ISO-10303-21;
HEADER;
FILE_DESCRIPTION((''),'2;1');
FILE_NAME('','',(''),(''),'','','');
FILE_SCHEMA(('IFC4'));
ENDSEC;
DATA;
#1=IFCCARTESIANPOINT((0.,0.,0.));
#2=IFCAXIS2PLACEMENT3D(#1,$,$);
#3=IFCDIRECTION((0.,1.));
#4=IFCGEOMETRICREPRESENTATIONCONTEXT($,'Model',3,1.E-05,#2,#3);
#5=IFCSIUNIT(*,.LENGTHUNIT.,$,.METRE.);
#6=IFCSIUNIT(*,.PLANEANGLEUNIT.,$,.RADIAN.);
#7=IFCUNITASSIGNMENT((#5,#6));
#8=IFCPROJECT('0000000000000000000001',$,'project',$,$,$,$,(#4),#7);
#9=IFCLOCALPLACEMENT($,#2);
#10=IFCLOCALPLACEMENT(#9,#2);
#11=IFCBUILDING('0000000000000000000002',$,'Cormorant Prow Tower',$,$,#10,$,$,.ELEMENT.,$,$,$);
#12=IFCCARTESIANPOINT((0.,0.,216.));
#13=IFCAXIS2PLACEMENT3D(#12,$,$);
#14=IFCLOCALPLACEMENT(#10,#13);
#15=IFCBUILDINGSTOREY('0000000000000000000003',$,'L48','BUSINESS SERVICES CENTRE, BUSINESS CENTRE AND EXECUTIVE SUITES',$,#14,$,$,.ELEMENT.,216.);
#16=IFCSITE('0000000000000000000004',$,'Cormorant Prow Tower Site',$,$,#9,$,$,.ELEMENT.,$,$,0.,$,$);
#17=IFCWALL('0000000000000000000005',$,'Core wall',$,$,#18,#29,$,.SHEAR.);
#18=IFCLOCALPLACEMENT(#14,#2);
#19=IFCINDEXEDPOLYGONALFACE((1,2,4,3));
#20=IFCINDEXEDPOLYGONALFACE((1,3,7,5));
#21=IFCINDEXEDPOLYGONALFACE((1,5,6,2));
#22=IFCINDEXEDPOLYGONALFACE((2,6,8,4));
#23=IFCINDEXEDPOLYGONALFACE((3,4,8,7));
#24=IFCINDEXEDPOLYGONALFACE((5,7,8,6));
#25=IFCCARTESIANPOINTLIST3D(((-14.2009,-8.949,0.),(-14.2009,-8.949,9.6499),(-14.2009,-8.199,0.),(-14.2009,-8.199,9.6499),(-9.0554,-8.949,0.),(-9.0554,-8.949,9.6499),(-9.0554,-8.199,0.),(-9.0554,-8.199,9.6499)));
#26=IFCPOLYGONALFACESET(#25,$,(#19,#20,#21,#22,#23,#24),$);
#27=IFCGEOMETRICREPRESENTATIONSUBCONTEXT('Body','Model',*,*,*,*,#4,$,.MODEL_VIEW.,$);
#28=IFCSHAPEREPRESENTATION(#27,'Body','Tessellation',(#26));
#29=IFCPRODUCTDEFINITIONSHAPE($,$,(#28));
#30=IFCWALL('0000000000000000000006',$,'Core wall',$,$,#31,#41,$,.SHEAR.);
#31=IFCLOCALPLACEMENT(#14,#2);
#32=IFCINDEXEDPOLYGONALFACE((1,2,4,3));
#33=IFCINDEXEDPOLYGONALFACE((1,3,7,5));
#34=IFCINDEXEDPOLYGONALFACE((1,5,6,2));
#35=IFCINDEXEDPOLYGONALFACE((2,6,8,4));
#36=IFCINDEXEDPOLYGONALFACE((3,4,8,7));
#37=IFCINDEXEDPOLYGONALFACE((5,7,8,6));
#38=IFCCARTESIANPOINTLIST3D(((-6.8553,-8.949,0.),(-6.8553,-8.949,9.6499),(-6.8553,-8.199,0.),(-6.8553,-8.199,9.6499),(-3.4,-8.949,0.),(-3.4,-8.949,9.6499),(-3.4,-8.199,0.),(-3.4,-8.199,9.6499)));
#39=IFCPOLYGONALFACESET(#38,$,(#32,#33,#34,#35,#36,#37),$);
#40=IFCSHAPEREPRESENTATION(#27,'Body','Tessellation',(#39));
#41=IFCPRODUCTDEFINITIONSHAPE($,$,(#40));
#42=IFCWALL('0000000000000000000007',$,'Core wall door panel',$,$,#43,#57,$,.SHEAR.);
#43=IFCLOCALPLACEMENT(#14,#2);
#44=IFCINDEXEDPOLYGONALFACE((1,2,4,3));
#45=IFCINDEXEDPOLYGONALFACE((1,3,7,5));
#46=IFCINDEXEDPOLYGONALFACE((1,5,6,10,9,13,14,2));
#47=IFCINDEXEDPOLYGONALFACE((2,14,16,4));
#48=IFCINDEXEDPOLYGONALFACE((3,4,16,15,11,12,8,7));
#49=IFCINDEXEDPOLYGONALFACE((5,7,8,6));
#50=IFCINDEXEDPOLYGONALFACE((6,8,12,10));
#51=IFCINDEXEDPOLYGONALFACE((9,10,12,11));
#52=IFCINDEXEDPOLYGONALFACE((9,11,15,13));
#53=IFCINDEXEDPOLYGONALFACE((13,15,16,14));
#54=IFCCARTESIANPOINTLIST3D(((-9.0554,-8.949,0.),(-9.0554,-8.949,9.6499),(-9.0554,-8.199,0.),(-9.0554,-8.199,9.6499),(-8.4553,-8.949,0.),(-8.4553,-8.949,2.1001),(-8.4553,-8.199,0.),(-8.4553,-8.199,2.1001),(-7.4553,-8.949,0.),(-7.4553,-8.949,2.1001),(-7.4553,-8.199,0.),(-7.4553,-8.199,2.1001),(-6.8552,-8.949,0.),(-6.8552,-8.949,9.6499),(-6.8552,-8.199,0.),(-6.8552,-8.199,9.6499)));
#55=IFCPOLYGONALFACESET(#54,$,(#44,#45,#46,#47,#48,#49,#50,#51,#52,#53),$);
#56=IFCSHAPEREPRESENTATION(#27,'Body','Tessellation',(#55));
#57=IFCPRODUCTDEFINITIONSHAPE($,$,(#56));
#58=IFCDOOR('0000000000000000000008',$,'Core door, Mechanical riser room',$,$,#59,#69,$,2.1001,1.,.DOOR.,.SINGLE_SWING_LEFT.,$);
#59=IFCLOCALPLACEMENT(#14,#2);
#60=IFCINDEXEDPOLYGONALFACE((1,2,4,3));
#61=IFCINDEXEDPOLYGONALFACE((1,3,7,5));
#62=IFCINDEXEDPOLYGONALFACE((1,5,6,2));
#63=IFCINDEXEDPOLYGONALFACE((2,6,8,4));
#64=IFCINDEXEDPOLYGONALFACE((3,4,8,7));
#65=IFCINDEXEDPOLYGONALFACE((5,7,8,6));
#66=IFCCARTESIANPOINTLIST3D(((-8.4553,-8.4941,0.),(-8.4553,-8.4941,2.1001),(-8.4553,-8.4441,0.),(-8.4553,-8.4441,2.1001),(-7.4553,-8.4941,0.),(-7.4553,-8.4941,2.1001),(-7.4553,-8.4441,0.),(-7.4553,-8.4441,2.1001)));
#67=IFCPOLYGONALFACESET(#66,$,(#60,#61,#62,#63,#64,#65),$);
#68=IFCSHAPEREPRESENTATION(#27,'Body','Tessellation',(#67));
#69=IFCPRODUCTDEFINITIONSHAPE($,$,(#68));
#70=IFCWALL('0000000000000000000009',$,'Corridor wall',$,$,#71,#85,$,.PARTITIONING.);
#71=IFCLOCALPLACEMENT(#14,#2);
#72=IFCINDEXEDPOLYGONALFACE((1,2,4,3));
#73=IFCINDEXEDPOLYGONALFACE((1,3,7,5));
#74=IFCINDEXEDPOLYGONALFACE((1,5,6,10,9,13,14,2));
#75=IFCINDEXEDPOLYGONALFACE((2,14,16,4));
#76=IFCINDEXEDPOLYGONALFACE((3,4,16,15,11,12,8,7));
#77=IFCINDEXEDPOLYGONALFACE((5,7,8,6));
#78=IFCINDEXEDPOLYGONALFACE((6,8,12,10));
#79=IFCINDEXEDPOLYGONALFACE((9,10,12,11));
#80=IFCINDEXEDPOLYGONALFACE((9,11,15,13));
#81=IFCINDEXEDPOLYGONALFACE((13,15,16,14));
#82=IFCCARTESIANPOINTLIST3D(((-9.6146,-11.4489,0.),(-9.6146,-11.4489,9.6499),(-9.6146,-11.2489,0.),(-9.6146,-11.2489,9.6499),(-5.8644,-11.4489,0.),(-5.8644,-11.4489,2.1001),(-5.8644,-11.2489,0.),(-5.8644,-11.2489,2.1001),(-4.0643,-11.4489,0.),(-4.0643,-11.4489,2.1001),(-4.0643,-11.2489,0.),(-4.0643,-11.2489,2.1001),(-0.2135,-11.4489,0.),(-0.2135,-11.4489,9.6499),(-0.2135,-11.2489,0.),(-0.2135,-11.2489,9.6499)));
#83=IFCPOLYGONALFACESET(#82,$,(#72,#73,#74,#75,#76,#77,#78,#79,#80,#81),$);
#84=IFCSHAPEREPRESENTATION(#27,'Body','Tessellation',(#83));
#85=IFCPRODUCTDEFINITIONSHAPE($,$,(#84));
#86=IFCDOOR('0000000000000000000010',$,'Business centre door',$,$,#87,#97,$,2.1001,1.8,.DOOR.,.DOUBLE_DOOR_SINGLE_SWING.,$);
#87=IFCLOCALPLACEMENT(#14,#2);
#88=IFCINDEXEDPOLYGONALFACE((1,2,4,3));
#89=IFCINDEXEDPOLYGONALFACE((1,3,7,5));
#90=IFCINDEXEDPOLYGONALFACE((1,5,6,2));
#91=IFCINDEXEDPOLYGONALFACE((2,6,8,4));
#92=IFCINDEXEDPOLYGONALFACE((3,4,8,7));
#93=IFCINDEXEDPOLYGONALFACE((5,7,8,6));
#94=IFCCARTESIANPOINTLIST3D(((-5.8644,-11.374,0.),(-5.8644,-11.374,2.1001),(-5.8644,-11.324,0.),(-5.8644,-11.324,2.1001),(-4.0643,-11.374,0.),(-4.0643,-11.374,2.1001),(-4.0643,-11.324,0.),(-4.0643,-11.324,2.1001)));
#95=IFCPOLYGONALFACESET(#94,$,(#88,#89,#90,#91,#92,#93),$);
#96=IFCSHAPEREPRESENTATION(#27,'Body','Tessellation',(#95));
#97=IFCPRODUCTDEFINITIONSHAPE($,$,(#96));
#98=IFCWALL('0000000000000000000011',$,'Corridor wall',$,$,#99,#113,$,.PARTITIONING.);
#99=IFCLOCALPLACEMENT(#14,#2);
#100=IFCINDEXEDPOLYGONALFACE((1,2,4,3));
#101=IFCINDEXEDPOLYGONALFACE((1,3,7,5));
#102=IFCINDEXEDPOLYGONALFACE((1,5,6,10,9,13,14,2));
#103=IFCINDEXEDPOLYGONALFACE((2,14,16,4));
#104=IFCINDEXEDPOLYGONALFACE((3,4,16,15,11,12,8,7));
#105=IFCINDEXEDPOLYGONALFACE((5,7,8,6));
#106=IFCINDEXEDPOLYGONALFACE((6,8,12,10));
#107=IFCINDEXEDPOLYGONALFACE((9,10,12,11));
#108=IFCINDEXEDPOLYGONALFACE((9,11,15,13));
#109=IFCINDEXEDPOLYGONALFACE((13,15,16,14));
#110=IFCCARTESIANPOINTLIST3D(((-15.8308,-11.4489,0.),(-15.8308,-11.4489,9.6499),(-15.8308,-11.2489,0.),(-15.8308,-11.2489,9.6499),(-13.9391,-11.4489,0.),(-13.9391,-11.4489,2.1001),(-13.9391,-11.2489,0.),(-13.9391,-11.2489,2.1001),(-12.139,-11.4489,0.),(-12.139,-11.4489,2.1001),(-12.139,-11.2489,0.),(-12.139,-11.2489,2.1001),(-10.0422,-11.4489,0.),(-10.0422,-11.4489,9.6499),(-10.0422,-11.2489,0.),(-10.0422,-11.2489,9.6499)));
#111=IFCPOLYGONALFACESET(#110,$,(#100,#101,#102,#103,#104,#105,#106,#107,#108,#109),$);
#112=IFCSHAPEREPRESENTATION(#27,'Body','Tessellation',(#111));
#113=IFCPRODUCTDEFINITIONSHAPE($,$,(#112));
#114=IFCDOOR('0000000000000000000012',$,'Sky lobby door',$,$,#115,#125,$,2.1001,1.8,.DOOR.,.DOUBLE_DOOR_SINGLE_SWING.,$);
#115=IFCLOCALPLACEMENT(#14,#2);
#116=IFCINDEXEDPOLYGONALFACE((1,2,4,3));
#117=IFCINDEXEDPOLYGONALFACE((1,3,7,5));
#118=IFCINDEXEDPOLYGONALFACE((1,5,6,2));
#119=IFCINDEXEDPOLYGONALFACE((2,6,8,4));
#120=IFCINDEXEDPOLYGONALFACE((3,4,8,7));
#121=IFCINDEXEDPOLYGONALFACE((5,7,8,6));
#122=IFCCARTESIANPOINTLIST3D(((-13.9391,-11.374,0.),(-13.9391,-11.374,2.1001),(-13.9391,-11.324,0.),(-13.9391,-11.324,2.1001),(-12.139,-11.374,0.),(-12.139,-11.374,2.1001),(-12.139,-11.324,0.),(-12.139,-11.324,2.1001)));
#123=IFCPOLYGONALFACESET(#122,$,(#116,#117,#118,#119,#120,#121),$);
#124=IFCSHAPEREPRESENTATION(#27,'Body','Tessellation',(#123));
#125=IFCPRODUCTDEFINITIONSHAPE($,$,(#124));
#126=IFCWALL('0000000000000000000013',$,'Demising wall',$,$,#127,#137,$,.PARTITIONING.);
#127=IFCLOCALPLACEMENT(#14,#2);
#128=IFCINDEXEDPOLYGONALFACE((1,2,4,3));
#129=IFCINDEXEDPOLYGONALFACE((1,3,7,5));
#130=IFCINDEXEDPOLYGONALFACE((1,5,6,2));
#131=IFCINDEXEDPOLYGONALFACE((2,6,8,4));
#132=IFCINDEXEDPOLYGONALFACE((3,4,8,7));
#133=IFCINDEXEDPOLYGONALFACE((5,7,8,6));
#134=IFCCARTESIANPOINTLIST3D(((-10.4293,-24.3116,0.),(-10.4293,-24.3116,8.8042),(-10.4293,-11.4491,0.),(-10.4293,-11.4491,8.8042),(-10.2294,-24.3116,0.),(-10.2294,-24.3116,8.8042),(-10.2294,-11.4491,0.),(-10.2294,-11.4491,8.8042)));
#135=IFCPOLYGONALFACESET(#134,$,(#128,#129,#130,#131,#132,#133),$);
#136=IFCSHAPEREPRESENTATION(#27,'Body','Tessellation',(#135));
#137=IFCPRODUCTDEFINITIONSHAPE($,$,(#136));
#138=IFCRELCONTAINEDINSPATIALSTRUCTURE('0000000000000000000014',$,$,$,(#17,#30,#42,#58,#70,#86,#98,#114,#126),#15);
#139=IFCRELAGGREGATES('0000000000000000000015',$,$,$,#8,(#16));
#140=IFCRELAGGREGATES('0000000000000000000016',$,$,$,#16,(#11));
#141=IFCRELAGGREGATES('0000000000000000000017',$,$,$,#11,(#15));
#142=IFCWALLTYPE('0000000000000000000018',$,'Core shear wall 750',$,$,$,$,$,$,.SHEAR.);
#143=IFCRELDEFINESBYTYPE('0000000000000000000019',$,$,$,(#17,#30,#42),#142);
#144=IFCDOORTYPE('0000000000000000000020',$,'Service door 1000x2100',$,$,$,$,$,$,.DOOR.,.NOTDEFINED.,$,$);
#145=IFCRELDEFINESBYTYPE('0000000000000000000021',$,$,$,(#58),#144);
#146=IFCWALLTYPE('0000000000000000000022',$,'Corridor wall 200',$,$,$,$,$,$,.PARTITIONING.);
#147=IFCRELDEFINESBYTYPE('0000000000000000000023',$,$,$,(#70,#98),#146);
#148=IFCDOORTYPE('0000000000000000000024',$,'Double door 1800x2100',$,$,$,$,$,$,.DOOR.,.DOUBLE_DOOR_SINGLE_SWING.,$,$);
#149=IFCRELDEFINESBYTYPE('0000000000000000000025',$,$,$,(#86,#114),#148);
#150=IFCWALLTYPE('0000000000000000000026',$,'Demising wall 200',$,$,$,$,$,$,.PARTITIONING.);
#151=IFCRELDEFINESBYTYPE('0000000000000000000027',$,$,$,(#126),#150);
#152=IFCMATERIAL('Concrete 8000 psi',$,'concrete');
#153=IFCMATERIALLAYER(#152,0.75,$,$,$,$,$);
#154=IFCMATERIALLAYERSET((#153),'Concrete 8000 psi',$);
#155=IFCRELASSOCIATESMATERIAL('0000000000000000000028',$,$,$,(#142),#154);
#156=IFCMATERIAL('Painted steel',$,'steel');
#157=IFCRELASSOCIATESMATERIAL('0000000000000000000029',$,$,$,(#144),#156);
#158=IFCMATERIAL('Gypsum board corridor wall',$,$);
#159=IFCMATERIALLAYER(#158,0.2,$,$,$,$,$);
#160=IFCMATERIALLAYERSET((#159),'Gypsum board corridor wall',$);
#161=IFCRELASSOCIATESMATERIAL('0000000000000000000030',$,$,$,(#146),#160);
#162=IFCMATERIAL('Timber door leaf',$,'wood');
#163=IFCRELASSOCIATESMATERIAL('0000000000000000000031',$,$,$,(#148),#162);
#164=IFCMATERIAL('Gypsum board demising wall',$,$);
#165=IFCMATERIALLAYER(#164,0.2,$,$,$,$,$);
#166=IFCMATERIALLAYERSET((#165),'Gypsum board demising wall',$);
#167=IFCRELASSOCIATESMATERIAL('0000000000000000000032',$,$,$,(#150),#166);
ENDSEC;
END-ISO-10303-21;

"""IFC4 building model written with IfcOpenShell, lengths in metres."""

from ifc_helpers import new_model, si_unit, direction, frame, frame_2d, origin, place, context, subcontext, project, spatial, rectangle, extrude, material, layer, layer_set, type_object, element, fill, save


model = new_model("IFC4")

# Units and contexts
model_context = context("Model", 3, precision=1e-05, world=origin(), true_north=direction((0.0, 1.0)))
body_context = subcontext(model_context, "Body", "Model", "MODEL_VIEW")
ifc_project = project(units=[si_unit("LENGTHUNIT", "METRE"), si_unit("PLANEANGLEUNIT", "RADIAN")], contexts=[model_context])

# Site, building, storey
site_placement = place(None, origin())
site = spatial("IfcSite", under=ifc_project, at=site_placement, Name="Cormorant Prow Tower Site", CompositionType="ELEMENT", RefElevation=0.0)
building_placement = place(site_placement, origin())
building = spatial("IfcBuilding", under=site, at=building_placement, Name="Cormorant Prow Tower", CompositionType="ELEMENT")
storey_placement = place(building_placement, frame((0.0, 0.0, 216.0)))
storey = spatial("IfcBuildingStorey", under=building, at=storey_placement, Name="L48", Description="BUSINESS SERVICES CENTRE, BUSINESS CENTRE AND EXECUTIVE SUITES", CompositionType="ELEMENT", Elevation=216.0)

# Walls
ifc_material_1 = material(Name="Concrete 8000 psi", Category="concrete")
ifc_layer_1 = layer(ifc_material_1, 0.75)
ifc_layer_set_1 = layer_set([ifc_layer_1], Name="Concrete 8000 psi")
wall_type_1 = type_object("IfcWallType", Name="Core shear wall 750", PredefinedType="SHEAR", material=ifc_layer_set_1)
wall_1_placement = place(storey_placement, frame((-14.2009, -8.574, 0.0), z_axis=(0.0, 0.0, 1.0), x_axis=(1.0, 0.0, 0.0)))
element("IfcWall", 1, at=wall_1_placement, inside=storey, type_object=wall_type_1, Name="Core wall", PredefinedType="SHEAR", context=body_context, shape_type="SweptSolid", body=[
    extrude(rectangle(XDim=5.1455, YDim=0.75, at=frame_2d((2.5728, 0.0))), origin(), (0.0, 0.0, 1.0), 9.6499),
])
wall_2_placement = place(storey_placement, frame((-6.8552, -8.574, 0.0), z_axis=(0.0, 0.0, 1.0), x_axis=(1.0, 0.0, 0.0)))
element("IfcWall", 2, at=wall_2_placement, inside=storey, type_object=wall_type_1, Name="Core wall", PredefinedType="SHEAR", context=body_context, shape_type="SweptSolid", body=[
    extrude(rectangle(XDim=3.4553, YDim=0.75, at=frame_2d((1.7275, 0.0))), origin(), (0.0, 0.0, 1.0), 9.6499),
])

# Walls, openings, doors
wall_3_placement = place(storey_placement, frame((-9.0554, -8.574, 0.0), z_axis=(0.0, 0.0, 1.0), x_axis=(1.0, 0.0, 0.0)))
wall_3 = element("IfcWall", 3, at=wall_3_placement, inside=storey, type_object=wall_type_1, Name="Core wall door panel", PredefinedType="SHEAR", context=body_context, shape_type="SweptSolid", body=[
    extrude(rectangle(XDim=2.2002, YDim=0.75, at=frame_2d((1.1001, 0.0))), origin(), (0.0, 0.0, 1.0), 9.6499),
])
opening_1_placement = place(wall_3_placement, frame((0.6001, 0.0, 0.0)))
opening_1 = element("IfcOpeningElement", 4, at=opening_1_placement, cuts=wall_3, PredefinedType="OPENING", context=body_context, shape_type="SweptSolid", body=[
    extrude(rectangle(XDim=1.0, YDim=2.1001, at=frame_2d((0.5, 1.05))), frame((0.0, 0.385, 0.0), z_axis=(0.0, -1.0, 0.0), x_axis=(1.0, 0.0, 0.0)), (0.0, 0.0, 1.0), 0.77),
])
ifc_material_2 = material(Name="Painted steel", Category="steel")
door_type_1 = type_object("IfcDoorType", Name="Service door 1000x2100", OperationType="NOTDEFINED", PredefinedType="DOOR", material=ifc_material_2)
door_1_placement = place(opening_1_placement, origin())
door_1 = element("IfcDoor", 5, at=door_1_placement, inside=storey, type_object=door_type_1, Name="Core door, Mechanical riser room", OperationType="SINGLE_SWING_LEFT", OverallHeight=2.1001, OverallWidth=1.0, PredefinedType="DOOR", context=body_context, shape_type="SweptSolid", body=[
    extrude(rectangle(XDim=1.0, YDim=2.1001, at=frame_2d((0.5, 1.05))), frame((0.0, 0.1299, 0.0), z_axis=(0.0, -1.0, 0.0), x_axis=(1.0, 0.0, 0.0)), (0.0, 0.0, 1.0), 0.05),
])
fill(opening_1, door_1)
ifc_material_3 = material(Name="Gypsum board corridor wall")
ifc_layer_2 = layer(ifc_material_3, 0.2)
ifc_layer_set_2 = layer_set([ifc_layer_2], Name="Gypsum board corridor wall")
wall_type_2 = type_object("IfcWallType", Name="Corridor wall 200", PredefinedType="PARTITIONING", material=ifc_layer_set_2)
wall_4_placement = place(storey_placement, frame((-9.6147, -11.3489, 0.0), z_axis=(0.0, 0.0, 1.0), x_axis=(1.0, 0.0, 0.0)))
wall_4 = element("IfcWall", 6, at=wall_4_placement, inside=storey, type_object=wall_type_2, Name="Corridor wall", PredefinedType="PARTITIONING", context=body_context, shape_type="SweptSolid", body=[
    extrude(rectangle(XDim=9.4011, YDim=0.2, at=frame_2d((4.7007, 0.0))), origin(), (0.0, 0.0, 1.0), 9.6499),
])
opening_2_placement = place(wall_4_placement, frame((3.7505, 0.0, 0.0)))
opening_2 = element("IfcOpeningElement", 7, at=opening_2_placement, cuts=wall_4, PredefinedType="OPENING", context=body_context, shape_type="SweptSolid", body=[
    extrude(rectangle(XDim=1.8, YDim=2.1001, at=frame_2d((0.8999, 1.05))), frame((0.0, 0.1099, 0.0), z_axis=(0.0, -1.0, 0.0), x_axis=(1.0, 0.0, 0.0)), (0.0, 0.0, 1.0), 0.22),
])
ifc_material_4 = material(Name="Timber door leaf", Category="wood")
door_type_2 = type_object("IfcDoorType", Name="Double door 1800x2100", OperationType="DOUBLE_DOOR_SINGLE_SWING", PredefinedType="DOOR", material=ifc_material_4)
door_2_placement = place(opening_2_placement, origin())
door_2 = element("IfcDoor", 8, at=door_2_placement, inside=storey, type_object=door_type_2, Name="Business centre door", OperationType="DOUBLE_DOOR_SINGLE_SWING", OverallHeight=2.1001, OverallWidth=1.8, PredefinedType="DOOR", context=body_context, shape_type="SweptSolid", body=[
    extrude(rectangle(XDim=1.8, YDim=2.1001, at=frame_2d((0.8999, 1.05))), frame((0.0, 0.0249, 0.0), z_axis=(0.0, -1.0, 0.0), x_axis=(1.0, 0.0, 0.0)), (0.0, 0.0, 1.0), 0.05),
])
fill(opening_2, door_2)
wall_5_placement = place(storey_placement, frame((-15.8308, -11.3489, 0.0), z_axis=(0.0, 0.0, 1.0), x_axis=(1.0, 0.0, 0.0)))
wall_5 = element("IfcWall", 9, at=wall_5_placement, inside=storey, type_object=wall_type_2, Name="Corridor wall", PredefinedType="PARTITIONING", context=body_context, shape_type="SweptSolid", body=[
    extrude(rectangle(XDim=5.7886, YDim=0.2, at=frame_2d((2.8943, 0.0))), origin(), (0.0, 0.0, 1.0), 9.6499),
])
opening_3_placement = place(wall_5_placement, frame((1.8918, 0.0, 0.0)))
opening_3 = element("IfcOpeningElement", 10, at=opening_3_placement, cuts=wall_5, PredefinedType="OPENING", context=body_context, shape_type="SweptSolid", body=[
    extrude(rectangle(XDim=1.8, YDim=2.1001, at=frame_2d((0.8999, 1.05))), frame((0.0, 0.1099, 0.0), z_axis=(0.0, -1.0, 0.0), x_axis=(1.0, 0.0, 0.0)), (0.0, 0.0, 1.0), 0.22),
])
door_3_placement = place(opening_3_placement, origin())
door_3 = element("IfcDoor", 11, at=door_3_placement, inside=storey, type_object=door_type_2, Name="Sky lobby door", OperationType="DOUBLE_DOOR_SINGLE_SWING", OverallHeight=2.1001, OverallWidth=1.8, PredefinedType="DOOR", context=body_context, shape_type="SweptSolid", body=[
    extrude(rectangle(XDim=1.8, YDim=2.1001, at=frame_2d((0.8999, 1.05))), frame((0.0, 0.0249, 0.0), z_axis=(0.0, -1.0, 0.0), x_axis=(1.0, 0.0, 0.0)), (0.0, 0.0, 1.0), 0.05),
])
fill(opening_3, door_3)

# Wall
ifc_material_5 = material(Name="Gypsum board demising wall")
ifc_layer_3 = layer(ifc_material_5, 0.2)
ifc_layer_set_3 = layer_set([ifc_layer_3], Name="Gypsum board demising wall")
wall_type_3 = type_object("IfcWallType", Name="Demising wall 200", PredefinedType="PARTITIONING", material=ifc_layer_set_3)
wall_6_placement = place(storey_placement, frame((-10.3293, -24.3115, 0.0), z_axis=(0.0, 0.0, 1.0), x_axis=(0.0, 1.0, 0.0)))
element("IfcWall", 12, at=wall_6_placement, inside=storey, type_object=wall_type_3, Name="Demising wall", PredefinedType="PARTITIONING", context=body_context, shape_type="SweptSolid", body=[
    extrude(rectangle(XDim=12.8625, YDim=0.2, at=frame_2d((6.4312, 0.0))), origin(), (0.0, 0.0, 1.0), 8.8042),
])

save(model, "model.ifc")
